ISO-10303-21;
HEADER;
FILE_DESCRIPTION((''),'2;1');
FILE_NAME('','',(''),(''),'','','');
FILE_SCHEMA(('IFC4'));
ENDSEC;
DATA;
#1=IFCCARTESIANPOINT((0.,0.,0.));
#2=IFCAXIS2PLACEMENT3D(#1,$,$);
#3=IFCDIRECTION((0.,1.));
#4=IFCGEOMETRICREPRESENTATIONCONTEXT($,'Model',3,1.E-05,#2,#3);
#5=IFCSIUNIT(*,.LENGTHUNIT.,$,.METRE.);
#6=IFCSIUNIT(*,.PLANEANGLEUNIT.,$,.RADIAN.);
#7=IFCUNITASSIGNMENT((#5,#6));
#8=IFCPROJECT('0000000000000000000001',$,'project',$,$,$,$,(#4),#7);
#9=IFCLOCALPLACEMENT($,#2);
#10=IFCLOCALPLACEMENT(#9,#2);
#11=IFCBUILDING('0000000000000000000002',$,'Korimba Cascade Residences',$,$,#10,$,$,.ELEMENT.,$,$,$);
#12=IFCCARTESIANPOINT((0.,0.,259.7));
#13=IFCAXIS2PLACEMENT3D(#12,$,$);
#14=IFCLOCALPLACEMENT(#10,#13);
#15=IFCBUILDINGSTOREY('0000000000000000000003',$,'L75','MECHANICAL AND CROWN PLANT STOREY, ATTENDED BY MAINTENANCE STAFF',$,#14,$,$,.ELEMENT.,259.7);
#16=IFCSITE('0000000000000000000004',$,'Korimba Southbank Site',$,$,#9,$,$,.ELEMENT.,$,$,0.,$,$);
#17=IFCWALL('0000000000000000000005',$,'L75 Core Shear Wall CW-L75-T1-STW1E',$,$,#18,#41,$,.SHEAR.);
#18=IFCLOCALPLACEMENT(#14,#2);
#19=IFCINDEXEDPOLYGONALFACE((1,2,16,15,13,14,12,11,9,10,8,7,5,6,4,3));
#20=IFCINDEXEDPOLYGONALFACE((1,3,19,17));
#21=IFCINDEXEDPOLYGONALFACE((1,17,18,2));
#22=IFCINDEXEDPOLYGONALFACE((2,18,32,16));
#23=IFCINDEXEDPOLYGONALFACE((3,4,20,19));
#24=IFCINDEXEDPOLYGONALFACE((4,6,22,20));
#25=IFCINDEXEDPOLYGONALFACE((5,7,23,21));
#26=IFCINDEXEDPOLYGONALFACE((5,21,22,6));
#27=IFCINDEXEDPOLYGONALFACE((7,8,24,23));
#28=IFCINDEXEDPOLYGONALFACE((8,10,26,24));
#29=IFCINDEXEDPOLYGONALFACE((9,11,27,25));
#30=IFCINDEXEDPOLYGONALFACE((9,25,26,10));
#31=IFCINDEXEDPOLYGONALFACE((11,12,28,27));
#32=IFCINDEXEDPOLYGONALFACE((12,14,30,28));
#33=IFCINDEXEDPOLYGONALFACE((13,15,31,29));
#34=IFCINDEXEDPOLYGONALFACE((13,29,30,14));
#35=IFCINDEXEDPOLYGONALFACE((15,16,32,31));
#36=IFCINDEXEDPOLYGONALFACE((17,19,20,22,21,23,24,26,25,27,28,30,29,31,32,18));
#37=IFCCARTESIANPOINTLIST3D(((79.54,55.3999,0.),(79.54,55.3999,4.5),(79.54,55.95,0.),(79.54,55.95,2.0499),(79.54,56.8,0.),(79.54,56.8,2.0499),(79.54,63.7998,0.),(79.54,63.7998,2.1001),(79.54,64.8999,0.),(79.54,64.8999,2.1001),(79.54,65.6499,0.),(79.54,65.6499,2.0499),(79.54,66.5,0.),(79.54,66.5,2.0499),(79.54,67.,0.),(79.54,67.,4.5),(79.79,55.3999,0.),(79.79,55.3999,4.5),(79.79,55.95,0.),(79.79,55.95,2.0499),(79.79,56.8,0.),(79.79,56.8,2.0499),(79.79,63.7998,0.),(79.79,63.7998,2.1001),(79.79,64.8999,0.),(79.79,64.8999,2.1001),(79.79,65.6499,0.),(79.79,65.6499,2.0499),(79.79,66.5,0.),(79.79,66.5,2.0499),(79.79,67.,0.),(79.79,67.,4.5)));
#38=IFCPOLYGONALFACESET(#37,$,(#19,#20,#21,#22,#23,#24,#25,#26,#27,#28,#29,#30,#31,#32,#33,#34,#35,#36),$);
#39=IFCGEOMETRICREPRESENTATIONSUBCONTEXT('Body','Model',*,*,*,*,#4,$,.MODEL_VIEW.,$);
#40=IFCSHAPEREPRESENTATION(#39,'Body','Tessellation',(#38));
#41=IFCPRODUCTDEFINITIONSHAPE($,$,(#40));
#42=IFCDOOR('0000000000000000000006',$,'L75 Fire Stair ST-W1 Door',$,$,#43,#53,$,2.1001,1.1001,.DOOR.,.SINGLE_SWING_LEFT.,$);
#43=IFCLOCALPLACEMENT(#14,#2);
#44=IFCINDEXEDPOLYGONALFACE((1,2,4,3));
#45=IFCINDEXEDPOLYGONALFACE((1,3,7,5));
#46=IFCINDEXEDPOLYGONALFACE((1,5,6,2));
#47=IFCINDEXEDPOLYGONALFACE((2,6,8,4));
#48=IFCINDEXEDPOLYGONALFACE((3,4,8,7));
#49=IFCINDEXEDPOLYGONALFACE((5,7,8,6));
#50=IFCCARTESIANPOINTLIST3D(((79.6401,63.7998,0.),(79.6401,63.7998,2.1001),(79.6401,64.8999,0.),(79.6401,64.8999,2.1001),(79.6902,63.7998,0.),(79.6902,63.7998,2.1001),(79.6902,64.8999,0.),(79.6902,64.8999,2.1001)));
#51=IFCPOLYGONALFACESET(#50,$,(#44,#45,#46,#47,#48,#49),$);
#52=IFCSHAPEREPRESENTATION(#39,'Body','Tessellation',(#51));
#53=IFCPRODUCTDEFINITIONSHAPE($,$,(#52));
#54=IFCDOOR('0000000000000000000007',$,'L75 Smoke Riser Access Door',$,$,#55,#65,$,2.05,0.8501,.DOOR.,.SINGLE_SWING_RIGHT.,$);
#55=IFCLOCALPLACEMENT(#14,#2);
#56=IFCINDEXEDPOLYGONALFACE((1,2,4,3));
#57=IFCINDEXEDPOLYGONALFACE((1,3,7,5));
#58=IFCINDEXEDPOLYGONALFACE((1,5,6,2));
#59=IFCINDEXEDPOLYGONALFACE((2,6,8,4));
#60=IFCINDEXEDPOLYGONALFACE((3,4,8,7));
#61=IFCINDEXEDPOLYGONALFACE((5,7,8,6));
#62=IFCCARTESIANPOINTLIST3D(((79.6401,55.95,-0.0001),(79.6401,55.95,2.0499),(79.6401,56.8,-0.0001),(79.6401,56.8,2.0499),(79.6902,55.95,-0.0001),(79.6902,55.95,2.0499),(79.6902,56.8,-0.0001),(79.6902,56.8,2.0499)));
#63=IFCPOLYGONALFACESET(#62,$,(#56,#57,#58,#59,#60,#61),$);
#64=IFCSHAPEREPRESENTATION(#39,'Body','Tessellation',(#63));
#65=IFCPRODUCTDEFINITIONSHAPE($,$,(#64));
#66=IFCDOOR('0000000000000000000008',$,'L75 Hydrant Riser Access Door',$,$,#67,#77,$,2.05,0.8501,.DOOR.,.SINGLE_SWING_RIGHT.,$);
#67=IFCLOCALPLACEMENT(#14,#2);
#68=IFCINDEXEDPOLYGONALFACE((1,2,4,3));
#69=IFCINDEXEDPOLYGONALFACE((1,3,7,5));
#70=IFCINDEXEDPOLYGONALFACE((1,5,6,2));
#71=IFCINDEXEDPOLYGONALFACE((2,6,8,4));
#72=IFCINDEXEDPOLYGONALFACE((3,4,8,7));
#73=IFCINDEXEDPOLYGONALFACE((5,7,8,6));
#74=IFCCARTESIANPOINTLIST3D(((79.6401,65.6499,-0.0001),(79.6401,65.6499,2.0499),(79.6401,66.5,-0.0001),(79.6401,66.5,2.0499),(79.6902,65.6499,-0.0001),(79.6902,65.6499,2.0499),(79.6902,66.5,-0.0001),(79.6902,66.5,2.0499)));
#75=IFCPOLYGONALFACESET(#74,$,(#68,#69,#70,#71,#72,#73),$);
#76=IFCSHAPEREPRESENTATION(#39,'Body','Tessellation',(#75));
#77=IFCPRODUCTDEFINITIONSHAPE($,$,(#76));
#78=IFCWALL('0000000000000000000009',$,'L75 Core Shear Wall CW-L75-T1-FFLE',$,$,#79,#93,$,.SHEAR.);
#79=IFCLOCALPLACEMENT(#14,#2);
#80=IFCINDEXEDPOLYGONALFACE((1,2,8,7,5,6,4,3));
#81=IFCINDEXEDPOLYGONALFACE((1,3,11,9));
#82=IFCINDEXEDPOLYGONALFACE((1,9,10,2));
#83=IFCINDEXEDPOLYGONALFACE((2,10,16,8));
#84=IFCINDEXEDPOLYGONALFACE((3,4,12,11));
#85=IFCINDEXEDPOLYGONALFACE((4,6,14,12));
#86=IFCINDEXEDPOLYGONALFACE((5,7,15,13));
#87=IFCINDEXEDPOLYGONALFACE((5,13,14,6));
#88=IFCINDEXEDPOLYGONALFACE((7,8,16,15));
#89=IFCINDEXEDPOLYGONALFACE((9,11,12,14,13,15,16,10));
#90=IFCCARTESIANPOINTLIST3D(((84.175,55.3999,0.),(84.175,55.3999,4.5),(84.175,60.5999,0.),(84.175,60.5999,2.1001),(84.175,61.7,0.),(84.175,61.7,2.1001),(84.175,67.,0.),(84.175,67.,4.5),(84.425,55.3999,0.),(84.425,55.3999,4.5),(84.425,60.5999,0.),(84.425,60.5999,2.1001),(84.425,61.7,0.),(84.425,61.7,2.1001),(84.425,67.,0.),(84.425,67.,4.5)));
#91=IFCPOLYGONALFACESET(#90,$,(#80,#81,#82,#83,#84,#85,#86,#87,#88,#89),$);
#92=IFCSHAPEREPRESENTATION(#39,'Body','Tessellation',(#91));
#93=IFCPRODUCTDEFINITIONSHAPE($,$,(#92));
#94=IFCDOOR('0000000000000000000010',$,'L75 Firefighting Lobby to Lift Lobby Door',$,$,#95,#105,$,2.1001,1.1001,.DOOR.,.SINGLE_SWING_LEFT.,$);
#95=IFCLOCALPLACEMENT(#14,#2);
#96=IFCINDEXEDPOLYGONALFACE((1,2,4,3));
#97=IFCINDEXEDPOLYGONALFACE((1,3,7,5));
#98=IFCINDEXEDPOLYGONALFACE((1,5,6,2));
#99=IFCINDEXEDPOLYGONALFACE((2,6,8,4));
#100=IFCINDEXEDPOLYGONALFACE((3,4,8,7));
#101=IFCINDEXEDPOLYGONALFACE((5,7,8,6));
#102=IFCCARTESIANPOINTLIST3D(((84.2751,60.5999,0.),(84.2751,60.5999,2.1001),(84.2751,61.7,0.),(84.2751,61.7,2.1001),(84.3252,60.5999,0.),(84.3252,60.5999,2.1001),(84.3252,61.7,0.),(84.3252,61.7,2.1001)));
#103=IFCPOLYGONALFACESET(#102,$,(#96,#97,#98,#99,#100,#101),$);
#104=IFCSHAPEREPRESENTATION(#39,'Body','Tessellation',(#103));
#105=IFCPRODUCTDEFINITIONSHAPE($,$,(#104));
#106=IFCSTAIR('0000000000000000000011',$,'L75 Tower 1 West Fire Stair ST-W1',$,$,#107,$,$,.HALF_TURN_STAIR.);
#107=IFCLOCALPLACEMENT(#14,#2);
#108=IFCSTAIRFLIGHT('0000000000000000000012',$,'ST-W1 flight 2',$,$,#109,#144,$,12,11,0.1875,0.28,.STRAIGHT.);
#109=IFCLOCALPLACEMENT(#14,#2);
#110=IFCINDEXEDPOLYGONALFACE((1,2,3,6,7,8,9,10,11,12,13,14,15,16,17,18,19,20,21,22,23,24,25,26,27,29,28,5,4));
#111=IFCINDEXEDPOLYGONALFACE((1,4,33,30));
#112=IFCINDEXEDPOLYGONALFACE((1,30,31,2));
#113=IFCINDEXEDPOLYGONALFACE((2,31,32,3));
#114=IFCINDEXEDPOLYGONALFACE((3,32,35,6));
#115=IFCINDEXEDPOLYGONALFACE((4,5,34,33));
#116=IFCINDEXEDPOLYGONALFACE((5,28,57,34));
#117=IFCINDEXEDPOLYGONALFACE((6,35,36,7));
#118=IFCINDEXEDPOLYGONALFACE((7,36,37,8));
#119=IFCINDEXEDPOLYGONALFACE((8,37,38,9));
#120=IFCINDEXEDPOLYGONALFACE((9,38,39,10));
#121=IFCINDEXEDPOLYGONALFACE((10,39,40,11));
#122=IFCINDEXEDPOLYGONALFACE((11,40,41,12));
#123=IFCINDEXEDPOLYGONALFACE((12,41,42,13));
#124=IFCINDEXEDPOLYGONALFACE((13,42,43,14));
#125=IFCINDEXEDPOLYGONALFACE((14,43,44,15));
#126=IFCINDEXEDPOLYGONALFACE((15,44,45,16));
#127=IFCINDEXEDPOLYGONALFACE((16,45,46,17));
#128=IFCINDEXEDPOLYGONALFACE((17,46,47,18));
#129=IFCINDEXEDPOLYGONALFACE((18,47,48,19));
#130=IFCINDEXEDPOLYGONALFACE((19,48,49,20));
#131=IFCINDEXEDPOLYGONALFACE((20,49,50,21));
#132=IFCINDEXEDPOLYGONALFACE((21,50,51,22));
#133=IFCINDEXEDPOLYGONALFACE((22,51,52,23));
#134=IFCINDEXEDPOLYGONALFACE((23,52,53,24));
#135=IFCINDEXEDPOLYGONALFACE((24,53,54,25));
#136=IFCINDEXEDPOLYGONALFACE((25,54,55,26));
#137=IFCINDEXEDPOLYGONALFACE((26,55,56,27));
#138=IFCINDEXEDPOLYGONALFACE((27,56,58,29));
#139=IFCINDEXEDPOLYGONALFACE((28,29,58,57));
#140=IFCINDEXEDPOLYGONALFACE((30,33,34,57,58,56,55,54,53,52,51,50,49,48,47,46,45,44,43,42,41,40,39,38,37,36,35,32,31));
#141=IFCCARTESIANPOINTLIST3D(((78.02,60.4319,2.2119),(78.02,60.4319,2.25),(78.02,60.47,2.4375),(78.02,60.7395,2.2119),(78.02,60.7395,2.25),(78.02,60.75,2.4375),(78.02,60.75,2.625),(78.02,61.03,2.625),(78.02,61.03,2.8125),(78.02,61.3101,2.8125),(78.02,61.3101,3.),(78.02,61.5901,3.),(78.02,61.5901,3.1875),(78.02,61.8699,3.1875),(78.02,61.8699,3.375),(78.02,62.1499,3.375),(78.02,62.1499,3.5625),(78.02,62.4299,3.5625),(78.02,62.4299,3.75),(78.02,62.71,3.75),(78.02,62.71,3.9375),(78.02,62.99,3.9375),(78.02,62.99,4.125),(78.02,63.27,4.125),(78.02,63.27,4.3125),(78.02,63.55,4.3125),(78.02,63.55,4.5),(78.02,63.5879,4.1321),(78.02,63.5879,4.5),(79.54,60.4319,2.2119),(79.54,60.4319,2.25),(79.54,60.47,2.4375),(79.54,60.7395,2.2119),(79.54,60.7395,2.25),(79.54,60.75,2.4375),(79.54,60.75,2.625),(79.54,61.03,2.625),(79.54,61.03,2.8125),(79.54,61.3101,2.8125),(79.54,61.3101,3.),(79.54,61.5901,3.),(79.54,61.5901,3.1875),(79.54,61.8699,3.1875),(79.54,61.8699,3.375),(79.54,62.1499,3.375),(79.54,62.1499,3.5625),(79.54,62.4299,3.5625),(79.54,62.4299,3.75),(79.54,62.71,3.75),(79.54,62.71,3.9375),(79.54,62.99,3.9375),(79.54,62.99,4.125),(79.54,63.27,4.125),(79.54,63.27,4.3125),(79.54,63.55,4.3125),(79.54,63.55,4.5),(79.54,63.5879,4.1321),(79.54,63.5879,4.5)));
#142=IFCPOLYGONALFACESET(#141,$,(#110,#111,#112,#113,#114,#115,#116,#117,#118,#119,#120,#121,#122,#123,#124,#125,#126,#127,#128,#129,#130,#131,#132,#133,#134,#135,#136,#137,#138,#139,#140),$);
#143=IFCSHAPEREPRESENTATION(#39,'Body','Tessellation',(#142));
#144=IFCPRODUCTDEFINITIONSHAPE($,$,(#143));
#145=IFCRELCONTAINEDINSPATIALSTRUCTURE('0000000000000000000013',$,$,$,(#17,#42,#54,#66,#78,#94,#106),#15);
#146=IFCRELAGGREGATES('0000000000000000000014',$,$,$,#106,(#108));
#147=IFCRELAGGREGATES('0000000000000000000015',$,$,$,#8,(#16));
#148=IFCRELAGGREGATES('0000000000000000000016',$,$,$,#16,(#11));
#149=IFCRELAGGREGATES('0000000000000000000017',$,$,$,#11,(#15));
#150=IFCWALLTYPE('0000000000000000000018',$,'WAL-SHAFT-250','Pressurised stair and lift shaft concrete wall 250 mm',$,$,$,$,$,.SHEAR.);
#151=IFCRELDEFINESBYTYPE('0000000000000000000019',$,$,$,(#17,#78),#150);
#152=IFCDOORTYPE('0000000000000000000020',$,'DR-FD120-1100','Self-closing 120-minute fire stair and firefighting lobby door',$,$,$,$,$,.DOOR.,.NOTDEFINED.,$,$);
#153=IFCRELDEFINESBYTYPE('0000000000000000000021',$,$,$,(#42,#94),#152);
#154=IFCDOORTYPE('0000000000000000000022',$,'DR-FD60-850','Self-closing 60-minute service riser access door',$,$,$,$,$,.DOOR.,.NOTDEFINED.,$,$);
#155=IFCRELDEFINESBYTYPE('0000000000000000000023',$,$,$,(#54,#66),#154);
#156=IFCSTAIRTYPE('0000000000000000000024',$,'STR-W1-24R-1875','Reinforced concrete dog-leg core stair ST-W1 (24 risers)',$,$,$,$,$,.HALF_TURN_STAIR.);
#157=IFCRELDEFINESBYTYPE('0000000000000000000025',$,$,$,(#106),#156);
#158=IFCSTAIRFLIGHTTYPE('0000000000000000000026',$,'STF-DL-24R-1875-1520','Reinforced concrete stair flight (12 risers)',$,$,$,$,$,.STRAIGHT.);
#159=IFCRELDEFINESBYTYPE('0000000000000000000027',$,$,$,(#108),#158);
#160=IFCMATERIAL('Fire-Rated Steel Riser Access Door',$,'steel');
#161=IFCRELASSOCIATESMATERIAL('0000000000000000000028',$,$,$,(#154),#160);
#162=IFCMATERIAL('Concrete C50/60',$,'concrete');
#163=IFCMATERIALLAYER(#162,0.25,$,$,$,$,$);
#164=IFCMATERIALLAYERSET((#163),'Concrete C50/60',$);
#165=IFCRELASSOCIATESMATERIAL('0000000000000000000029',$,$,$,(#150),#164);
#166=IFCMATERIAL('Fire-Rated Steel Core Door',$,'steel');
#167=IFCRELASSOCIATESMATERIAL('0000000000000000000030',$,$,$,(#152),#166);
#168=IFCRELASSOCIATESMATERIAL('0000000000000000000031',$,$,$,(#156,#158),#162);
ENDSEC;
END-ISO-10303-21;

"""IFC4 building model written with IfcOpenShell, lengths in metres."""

from ifc_helpers import new_model, si_unit, direction, frame, frame_2d, origin, place, context, subcontext, project, spatial, polyline, rectangle, outline, extrude, material, layer, layer_set, type_object, element, fill, aggregate, save


model = new_model("IFC4")

# Units and contexts
model_context = context("Model", 3, precision=1e-05, world=origin(), true_north=direction((0.0, 1.0)))
body_context = subcontext(model_context, "Body", "Model", "MODEL_VIEW")
ifc_project = project(units=[si_unit("LENGTHUNIT", "METRE"), si_unit("PLANEANGLEUNIT", "RADIAN")], contexts=[model_context])

# Site, building, storey
site_placement = place(None, origin())
site = spatial("IfcSite", under=ifc_project, at=site_placement, Name="Korimba Southbank Site", CompositionType="ELEMENT", RefElevation=0.0)
building_placement = place(site_placement, origin())
building = spatial("IfcBuilding", under=site, at=building_placement, Name="Korimba Cascade Residences", CompositionType="ELEMENT")
storey_placement = place(building_placement, frame((0.0, 0.0, 259.7)))
storey = spatial("IfcBuildingStorey", under=building, at=storey_placement, Name="L75", Description="MECHANICAL AND CROWN PLANT STOREY, ATTENDED BY MAINTENANCE STAFF", CompositionType="ELEMENT", Elevation=259.7)

# Shared definitions
ifc_material_1 = material(Name="Concrete C50/60", Category="concrete")

# Wall, openings, doors
ifc_material_2 = material(Name="Fire-Rated Steel Riser Access Door", Category="steel")
door_type_1 = type_object("IfcDoorType", Name="DR-FD60-850", Description="Self-closing 60-minute service riser access door", OperationType="NOTDEFINED", PredefinedType="DOOR", material=ifc_material_2)
ifc_layer_1 = layer(ifc_material_1, 0.25)
ifc_layer_set_1 = layer_set([ifc_layer_1], Name="Concrete C50/60")
wall_type_1 = type_object("IfcWallType", Name="WAL-SHAFT-250", Description="Pressurised stair and lift shaft concrete wall 250 mm", PredefinedType="SHEAR", material=ifc_layer_set_1)
wall_1_placement = place(storey_placement, frame((79.665, 55.3999, 0.0), z_axis=(0.0, 0.0, 1.0), x_axis=(0.0, 1.0, 0.0)))
wall_1 = element("IfcWall", 1, at=wall_1_placement, inside=storey, type_object=wall_type_1, Name="L75 Core Shear Wall CW-L75-T1-STW1E", PredefinedType="SHEAR", context=body_context, shape_type="SweptSolid", body=[
    extrude(rectangle(XDim=11.6001, YDim=0.25, at=frame_2d((5.8, 0.0))), origin(), (0.0, 0.0, 1.0), 4.5),
])
opening_1_placement = place(wall_1_placement, frame((0.55, 0.0, 0.0)))
opening_1 = element("IfcOpeningElement", 2, at=opening_1_placement, cuts=wall_1, PredefinedType="OPENING", context=body_context, shape_type="SweptSolid", body=[
    extrude(rectangle(XDim=0.8501, YDim=2.05, at=frame_2d((0.425, 1.0249))), frame((0.0, 0.135, 0.0), z_axis=(0.0, -1.0, 0.0), x_axis=(1.0, 0.0, 0.0)), (0.0, 0.0, 1.0), 0.27),
])
opening_2_placement = place(wall_1_placement, frame((8.3999, 0.0, 0.0)))
opening_2 = element("IfcOpeningElement", 3, at=opening_2_placement, cuts=wall_1, PredefinedType="OPENING", context=body_context, shape_type="SweptSolid", body=[
    extrude(rectangle(XDim=1.1001, YDim=2.1001, at=frame_2d((0.55, 1.05))), frame((0.0, 0.135, 0.0), z_axis=(0.0, -1.0, 0.0), x_axis=(1.0, 0.0, 0.0)), (0.0, 0.0, 1.0), 0.27),
])
opening_3_placement = place(wall_1_placement, frame((10.25, 0.0, 0.0)))
opening_3 = element("IfcOpeningElement", 4, at=opening_3_placement, cuts=wall_1, PredefinedType="OPENING", context=body_context, shape_type="SweptSolid", body=[
    extrude(rectangle(XDim=0.8501, YDim=2.05, at=frame_2d((0.425, 1.0249))), frame((0.0, 0.135, 0.0), z_axis=(0.0, -1.0, 0.0), x_axis=(1.0, 0.0, 0.0)), (0.0, 0.0, 1.0), 0.27),
])
ifc_material_3 = material(Name="Fire-Rated Steel Core Door", Category="steel")
door_type_2 = type_object("IfcDoorType", Name="DR-FD120-1100", Description="Self-closing 120-minute fire stair and firefighting lobby door", OperationType="NOTDEFINED", PredefinedType="DOOR", material=ifc_material_3)
door_1_placement = place(opening_2_placement, origin())
door_1 = element("IfcDoor", 5, at=door_1_placement, inside=storey, type_object=door_type_2, Name="L75 Fire Stair ST-W1 Door", OperationType="SINGLE_SWING_LEFT", OverallHeight=2.1001, OverallWidth=1.1001, PredefinedType="DOOR", context=body_context, shape_type="SweptSolid", body=[
    extrude(rectangle(XDim=1.1001, YDim=2.1001, at=frame_2d((0.55, 1.05))), frame((0.0, 0.0249, 0.0), z_axis=(0.0, -1.0, 0.0), x_axis=(1.0, 0.0, 0.0)), (0.0, 0.0, 1.0), 0.05),
])
fill(opening_2, door_1)
door_2_placement = place(opening_1_placement, origin())
door_2 = element("IfcDoor", 6, at=door_2_placement, inside=storey, type_object=door_type_1, Name="L75 Smoke Riser Access Door", OperationType="SINGLE_SWING_RIGHT", OverallHeight=2.05, OverallWidth=0.8501, PredefinedType="DOOR", context=body_context, shape_type="SweptSolid", body=[
    extrude(rectangle(XDim=0.8501, YDim=2.05, at=frame_2d((0.425, 1.0249))), frame((0.0, 0.0249, 0.0), z_axis=(0.0, -1.0, 0.0), x_axis=(1.0, 0.0, 0.0)), (0.0, 0.0, 1.0), 0.05),
])
fill(opening_1, door_2)
door_3_placement = place(opening_3_placement, origin())
door_3 = element("IfcDoor", 7, at=door_3_placement, inside=storey, type_object=door_type_1, Name="L75 Hydrant Riser Access Door", OperationType="SINGLE_SWING_RIGHT", OverallHeight=2.05, OverallWidth=0.8501, PredefinedType="DOOR", context=body_context, shape_type="SweptSolid", body=[
    extrude(rectangle(XDim=0.8501, YDim=2.05, at=frame_2d((0.425, 1.0249))), frame((0.0, 0.0249, 0.0), z_axis=(0.0, -1.0, 0.0), x_axis=(1.0, 0.0, 0.0)), (0.0, 0.0, 1.0), 0.05),
])
fill(opening_3, door_3)

# Wall, opening, door
wall_2_placement = place(storey_placement, frame((84.3, 55.3999, 0.0), z_axis=(0.0, 0.0, 1.0), x_axis=(0.0, 1.0, 0.0)))
wall_2 = element("IfcWall", 8, at=wall_2_placement, inside=storey, type_object=wall_type_1, Name="L75 Core Shear Wall CW-L75-T1-FFLE", PredefinedType="SHEAR", context=body_context, shape_type="SweptSolid", body=[
    extrude(rectangle(XDim=11.6001, YDim=0.25, at=frame_2d((5.8, 0.0))), origin(), (0.0, 0.0, 1.0), 4.5),
])
opening_4_placement = place(wall_2_placement, frame((5.2, 0.0, 0.0)))
opening_4 = element("IfcOpeningElement", 9, at=opening_4_placement, cuts=wall_2, PredefinedType="OPENING", context=body_context, shape_type="SweptSolid", body=[
    extrude(rectangle(XDim=1.1001, YDim=2.1001, at=frame_2d((0.55, 1.05))), frame((0.0, 0.135, 0.0), z_axis=(0.0, -1.0, 0.0), x_axis=(1.0, 0.0, 0.0)), (0.0, 0.0, 1.0), 0.27),
])
door_4_placement = place(opening_4_placement, origin())
door_4 = element("IfcDoor", 10, at=door_4_placement, inside=storey, type_object=door_type_2, Name="L75 Firefighting Lobby to Lift Lobby Door", OperationType="SINGLE_SWING_LEFT", OverallHeight=2.1001, OverallWidth=1.1001, PredefinedType="DOOR", context=body_context, shape_type="SweptSolid", body=[
    extrude(rectangle(XDim=1.1001, YDim=2.1001, at=frame_2d((0.55, 1.05))), frame((0.0, 0.0249, 0.0), z_axis=(0.0, -1.0, 0.0), x_axis=(1.0, 0.0, 0.0)), (0.0, 0.0, 1.0), 0.05),
])
fill(opening_4, door_4)

# Stair, stair flight
stair_type = type_object("IfcStairType", Name="STR-W1-24R-1875", Description="Reinforced concrete dog-leg core stair ST-W1 (24 risers)", PredefinedType="HALF_TURN_STAIR", material=ifc_material_1)
stair_placement = place(storey_placement, origin())
stair = element("IfcStair", 11, at=stair_placement, inside=storey, type_object=stair_type, Name="L75 Tower 1 West Fire Stair ST-W1", PredefinedType="HALF_TURN_STAIR")
stair_flight_type = type_object("IfcStairFlightType", Name="STF-DL-24R-1875-1520", Description="Reinforced concrete stair flight (12 risers)", PredefinedType="STRAIGHT", material=ifc_material_1)
stair_flight_placement = place(storey_placement, frame((78.78, 60.47, 2.25), z_axis=(0.0, 0.0, 1.0), x_axis=(0.0, 1.0, 0.0)))
stair_flight = element("IfcStairFlight", 12, at=stair_flight_placement, type_object=stair_flight_type, Name="ST-W1 flight 2", NumberOfRisers=12, NumberOfTreads=11, PredefinedType="STRAIGHT", RiserHeight=0.1875, TreadLength=0.28, context=body_context, shape_type="SweptSolid", body=[
    extrude(outline(polyline([(-0.0381, 0.0), (0.0, 0.1875), (0.28, 0.1875), (0.28, 0.375), (0.5601, 0.375), (0.5601, 0.5625), (0.8401, 0.5625), (0.8401, 0.75), (1.1201, 0.75), (1.1201, 0.9375), (1.3999, 0.9375), (1.3999, 1.125), (1.6799, 1.125), (1.6799, 1.3125), (1.96, 1.3125), (1.96, 1.5), (2.24, 1.5), (2.24, 1.6875), (2.52, 1.6875), (2.52, 1.875), (2.8, 1.875), (2.8, 2.0625), (3.0801, 2.0625), (3.0801, 2.25), (3.1179, 2.25), (3.1179, 1.8821), (0.2695, 0.0), (0.2695, -0.0381), (-0.0381, -0.0381), (-0.0381, 0.0)])), frame((0.0, 0.76, 0.0), z_axis=(0.0, -1.0, 0.0), x_axis=(1.0, 0.0, 0.0)), (0.0, 0.0, 1.0), 1.52),
])
aggregate(stair, [stair_flight])

save(model, "model.ifc")
